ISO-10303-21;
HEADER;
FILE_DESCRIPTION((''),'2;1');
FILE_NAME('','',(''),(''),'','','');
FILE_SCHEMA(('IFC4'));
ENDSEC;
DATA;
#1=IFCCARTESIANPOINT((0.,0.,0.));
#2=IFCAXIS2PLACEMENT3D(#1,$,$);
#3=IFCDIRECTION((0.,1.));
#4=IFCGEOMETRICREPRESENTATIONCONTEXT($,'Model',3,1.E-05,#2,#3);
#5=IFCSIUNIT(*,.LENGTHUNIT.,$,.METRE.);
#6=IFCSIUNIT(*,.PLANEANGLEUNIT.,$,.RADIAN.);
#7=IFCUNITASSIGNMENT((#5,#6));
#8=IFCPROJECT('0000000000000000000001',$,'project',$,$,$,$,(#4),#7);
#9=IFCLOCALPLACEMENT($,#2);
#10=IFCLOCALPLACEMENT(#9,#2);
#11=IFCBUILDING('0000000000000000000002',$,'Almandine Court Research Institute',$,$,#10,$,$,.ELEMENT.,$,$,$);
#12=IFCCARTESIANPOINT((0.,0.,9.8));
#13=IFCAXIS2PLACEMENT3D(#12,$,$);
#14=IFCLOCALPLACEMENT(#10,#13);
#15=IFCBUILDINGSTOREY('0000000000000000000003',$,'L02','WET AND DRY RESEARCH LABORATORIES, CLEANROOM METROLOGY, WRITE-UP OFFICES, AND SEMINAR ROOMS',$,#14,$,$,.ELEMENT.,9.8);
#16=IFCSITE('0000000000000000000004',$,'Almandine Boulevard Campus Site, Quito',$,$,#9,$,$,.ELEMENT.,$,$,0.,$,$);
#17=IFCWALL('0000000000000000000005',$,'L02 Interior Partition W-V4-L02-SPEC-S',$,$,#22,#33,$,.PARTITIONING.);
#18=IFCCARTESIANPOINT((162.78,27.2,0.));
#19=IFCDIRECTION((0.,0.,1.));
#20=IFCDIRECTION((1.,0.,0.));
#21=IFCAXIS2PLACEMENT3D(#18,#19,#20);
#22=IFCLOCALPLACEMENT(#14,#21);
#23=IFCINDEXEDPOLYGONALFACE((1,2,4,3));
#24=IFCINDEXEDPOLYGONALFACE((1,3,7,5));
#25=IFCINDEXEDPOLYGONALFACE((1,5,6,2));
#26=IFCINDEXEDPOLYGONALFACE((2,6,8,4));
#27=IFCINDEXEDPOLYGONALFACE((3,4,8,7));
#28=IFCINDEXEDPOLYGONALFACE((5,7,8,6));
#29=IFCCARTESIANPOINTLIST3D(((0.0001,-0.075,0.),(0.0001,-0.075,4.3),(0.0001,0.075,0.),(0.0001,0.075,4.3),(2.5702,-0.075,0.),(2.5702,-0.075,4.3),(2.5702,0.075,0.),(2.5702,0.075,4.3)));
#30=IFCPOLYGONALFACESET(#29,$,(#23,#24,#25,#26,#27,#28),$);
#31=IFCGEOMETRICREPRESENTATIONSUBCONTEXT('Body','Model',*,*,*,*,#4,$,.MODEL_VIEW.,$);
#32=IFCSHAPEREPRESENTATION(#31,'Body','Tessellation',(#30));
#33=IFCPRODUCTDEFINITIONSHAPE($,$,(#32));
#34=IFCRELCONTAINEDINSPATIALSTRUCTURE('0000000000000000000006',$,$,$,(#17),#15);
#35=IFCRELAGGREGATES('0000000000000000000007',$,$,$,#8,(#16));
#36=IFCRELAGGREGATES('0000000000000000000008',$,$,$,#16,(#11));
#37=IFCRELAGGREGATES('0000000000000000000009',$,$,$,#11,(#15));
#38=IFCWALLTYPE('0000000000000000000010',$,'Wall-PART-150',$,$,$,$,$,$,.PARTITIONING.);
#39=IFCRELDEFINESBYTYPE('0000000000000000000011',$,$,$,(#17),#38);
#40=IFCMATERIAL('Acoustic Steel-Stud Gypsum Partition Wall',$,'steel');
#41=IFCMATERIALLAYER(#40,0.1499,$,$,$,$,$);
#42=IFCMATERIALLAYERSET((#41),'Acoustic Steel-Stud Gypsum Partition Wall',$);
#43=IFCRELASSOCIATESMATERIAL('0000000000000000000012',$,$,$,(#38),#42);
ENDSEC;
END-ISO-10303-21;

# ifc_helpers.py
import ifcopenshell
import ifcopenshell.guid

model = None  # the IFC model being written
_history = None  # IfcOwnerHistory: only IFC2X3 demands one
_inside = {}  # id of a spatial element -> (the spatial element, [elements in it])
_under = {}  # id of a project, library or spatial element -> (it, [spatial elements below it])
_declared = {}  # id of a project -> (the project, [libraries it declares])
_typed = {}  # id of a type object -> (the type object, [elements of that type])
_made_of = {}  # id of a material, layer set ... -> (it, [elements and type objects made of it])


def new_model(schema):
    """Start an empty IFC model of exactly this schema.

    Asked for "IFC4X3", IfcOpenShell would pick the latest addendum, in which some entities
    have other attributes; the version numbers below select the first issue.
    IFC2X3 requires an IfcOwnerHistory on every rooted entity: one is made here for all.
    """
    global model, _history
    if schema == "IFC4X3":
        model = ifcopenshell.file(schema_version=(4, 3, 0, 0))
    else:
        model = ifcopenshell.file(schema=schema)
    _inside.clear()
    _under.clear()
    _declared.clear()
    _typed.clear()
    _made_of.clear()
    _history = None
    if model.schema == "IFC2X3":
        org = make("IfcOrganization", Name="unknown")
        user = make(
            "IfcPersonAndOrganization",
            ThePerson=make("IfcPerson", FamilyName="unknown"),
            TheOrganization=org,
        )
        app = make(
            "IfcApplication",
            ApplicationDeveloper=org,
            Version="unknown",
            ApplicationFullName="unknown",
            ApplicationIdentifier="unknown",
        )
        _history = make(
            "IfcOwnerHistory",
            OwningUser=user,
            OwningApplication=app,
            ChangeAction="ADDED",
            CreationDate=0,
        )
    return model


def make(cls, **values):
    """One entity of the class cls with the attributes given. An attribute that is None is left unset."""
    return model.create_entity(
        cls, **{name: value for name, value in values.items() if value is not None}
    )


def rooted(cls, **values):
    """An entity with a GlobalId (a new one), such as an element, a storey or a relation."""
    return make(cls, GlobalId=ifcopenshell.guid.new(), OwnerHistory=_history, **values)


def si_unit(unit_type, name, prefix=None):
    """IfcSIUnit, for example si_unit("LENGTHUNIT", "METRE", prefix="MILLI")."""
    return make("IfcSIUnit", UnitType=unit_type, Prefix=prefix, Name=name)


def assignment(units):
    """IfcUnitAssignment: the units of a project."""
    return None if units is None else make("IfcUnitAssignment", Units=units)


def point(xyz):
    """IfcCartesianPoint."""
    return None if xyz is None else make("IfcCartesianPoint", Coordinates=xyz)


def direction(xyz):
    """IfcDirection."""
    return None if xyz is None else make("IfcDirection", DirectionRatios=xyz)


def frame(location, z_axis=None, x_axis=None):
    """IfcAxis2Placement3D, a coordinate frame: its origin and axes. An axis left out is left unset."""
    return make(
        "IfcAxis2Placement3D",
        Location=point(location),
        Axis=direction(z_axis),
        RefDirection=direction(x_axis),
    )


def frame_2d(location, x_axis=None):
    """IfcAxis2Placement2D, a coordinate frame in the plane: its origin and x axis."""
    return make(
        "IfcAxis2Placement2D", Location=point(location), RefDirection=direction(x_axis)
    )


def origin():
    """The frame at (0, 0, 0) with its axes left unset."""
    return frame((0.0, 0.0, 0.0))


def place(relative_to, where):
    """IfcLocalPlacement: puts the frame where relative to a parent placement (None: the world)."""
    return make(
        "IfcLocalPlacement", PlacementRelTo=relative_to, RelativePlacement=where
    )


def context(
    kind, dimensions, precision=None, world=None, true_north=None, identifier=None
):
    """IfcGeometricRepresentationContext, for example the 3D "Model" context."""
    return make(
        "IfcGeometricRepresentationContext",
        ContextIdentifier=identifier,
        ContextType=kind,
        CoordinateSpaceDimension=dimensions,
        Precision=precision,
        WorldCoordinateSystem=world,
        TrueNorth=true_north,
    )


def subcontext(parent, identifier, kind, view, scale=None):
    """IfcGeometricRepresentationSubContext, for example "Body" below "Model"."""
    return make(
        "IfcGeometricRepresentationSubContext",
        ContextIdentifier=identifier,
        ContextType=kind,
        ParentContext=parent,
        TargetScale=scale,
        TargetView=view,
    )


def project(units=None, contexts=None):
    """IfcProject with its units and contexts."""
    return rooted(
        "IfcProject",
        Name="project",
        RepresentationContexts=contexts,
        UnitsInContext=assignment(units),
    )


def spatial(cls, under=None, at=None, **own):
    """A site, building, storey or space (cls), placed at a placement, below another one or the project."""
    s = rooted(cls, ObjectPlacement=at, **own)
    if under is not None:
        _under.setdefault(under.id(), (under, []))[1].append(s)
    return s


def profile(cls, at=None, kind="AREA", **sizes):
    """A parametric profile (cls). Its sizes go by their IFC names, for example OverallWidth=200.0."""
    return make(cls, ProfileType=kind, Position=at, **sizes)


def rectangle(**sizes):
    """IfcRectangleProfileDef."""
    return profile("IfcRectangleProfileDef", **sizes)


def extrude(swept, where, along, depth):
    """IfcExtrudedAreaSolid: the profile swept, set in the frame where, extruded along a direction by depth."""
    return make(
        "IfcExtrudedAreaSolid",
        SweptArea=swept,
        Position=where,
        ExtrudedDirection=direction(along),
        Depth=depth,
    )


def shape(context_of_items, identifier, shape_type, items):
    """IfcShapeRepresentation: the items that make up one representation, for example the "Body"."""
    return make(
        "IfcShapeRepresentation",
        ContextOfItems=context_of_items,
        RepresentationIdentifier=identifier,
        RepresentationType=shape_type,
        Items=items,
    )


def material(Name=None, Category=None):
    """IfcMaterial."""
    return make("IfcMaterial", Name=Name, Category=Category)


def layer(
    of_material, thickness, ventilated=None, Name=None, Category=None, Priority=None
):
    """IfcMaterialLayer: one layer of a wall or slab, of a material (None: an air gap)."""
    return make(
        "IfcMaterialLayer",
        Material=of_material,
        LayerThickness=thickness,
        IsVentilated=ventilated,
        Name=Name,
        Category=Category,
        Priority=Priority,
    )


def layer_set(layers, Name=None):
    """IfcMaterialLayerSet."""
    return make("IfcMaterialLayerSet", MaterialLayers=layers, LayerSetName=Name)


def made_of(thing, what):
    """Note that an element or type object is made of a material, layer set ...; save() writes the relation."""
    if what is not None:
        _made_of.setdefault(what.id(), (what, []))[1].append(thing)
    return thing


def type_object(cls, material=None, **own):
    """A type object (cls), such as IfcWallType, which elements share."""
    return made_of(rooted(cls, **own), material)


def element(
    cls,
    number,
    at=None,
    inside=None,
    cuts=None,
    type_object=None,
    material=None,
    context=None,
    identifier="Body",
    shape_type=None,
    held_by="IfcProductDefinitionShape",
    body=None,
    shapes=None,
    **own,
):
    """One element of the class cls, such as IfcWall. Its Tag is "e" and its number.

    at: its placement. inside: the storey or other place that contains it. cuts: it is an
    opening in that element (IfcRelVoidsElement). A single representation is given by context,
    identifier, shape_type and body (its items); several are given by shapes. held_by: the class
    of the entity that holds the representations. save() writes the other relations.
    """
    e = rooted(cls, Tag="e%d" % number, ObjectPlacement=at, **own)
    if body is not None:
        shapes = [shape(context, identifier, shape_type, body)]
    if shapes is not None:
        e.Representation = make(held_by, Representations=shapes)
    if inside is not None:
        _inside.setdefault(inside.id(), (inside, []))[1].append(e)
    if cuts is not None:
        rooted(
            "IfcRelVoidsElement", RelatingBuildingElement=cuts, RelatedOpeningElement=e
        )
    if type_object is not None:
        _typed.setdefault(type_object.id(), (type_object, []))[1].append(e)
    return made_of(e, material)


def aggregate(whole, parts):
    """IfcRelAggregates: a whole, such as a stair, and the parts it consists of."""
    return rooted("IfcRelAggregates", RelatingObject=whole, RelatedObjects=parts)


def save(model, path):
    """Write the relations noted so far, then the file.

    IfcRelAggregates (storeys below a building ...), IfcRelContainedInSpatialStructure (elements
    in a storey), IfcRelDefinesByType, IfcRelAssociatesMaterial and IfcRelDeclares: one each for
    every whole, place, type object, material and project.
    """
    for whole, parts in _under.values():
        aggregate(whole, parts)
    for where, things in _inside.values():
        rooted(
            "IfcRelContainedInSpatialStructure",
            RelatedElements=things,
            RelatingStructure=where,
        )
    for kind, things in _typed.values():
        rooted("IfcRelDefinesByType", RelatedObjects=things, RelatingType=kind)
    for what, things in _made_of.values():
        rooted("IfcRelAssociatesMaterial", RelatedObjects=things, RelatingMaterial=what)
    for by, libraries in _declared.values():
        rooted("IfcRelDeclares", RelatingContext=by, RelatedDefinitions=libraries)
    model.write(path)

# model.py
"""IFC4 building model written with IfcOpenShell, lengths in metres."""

from ifc_helpers import new_model, si_unit, direction, frame, frame_2d, origin, place, context, subcontext, project, spatial, rectangle, extrude, material, layer, layer_set, type_object, element, save


model = new_model("IFC4")

# Units and contexts
model_context = context("Model", 3, precision=1e-05, world=origin(), true_north=direction((0.0, 1.0)))
body_context = subcontext(model_context, "Body", "Model", "MODEL_VIEW")
ifc_project = project(units=[si_unit("LENGTHUNIT", "METRE"), si_unit("PLANEANGLEUNIT", "RADIAN")], contexts=[model_context])

# Site, building, storey
site_placement = place(None, origin())
site = spatial("IfcSite", under=ifc_project, at=site_placement, Name="Almandine Boulevard Campus Site, Quito", CompositionType="ELEMENT", RefElevation=0.0)
building_placement = place(site_placement, origin())
building = spatial("IfcBuilding", under=site, at=building_placement, Name="Almandine Court Research Institute", CompositionType="ELEMENT")
storey_placement = place(building_placement, frame((0.0, 0.0, 9.8)))
storey = spatial("IfcBuildingStorey", under=building, at=storey_placement, Name="L02", Description="WET AND DRY RESEARCH LABORATORIES, CLEANROOM METROLOGY, WRITE-UP OFFICES, AND SEMINAR ROOMS", CompositionType="ELEMENT", Elevation=9.8)

# Shared definitions
ifc_material_1 = material(Name="Acoustic Steel-Stud Gypsum Partition Wall", Category="steel")
ifc_layer_1 = layer(ifc_material_1, 0.1499)
ifc_layer_set_1 = layer_set([ifc_layer_1], Name="Acoustic Steel-Stud Gypsum Partition Wall")
wall_type_1 = type_object("IfcWallType", Name="Wall-PART-150", PredefinedType="PARTITIONING", material=ifc_layer_set_1)

# Wall
wall_1_placement = place(storey_placement, frame((162.78, 27.2, 0.0), z_axis=(0.0, 0.0, 1.0), x_axis=(1.0, 0.0, 0.0)))
element("IfcWall", 1, at=wall_1_placement, inside=storey, type_object=wall_type_1, Name="L02 Interior Partition W-V4-L02-SPEC-S", PredefinedType="PARTITIONING", context=body_context, shape_type="SweptSolid", body=[
    extrude(rectangle(XDim=2.5701, YDim=0.1499, at=frame_2d((1.2852, 0.0))), origin(), (0.0, 0.0, 1.0), 4.3),
])

save(model, "model.ifc")
